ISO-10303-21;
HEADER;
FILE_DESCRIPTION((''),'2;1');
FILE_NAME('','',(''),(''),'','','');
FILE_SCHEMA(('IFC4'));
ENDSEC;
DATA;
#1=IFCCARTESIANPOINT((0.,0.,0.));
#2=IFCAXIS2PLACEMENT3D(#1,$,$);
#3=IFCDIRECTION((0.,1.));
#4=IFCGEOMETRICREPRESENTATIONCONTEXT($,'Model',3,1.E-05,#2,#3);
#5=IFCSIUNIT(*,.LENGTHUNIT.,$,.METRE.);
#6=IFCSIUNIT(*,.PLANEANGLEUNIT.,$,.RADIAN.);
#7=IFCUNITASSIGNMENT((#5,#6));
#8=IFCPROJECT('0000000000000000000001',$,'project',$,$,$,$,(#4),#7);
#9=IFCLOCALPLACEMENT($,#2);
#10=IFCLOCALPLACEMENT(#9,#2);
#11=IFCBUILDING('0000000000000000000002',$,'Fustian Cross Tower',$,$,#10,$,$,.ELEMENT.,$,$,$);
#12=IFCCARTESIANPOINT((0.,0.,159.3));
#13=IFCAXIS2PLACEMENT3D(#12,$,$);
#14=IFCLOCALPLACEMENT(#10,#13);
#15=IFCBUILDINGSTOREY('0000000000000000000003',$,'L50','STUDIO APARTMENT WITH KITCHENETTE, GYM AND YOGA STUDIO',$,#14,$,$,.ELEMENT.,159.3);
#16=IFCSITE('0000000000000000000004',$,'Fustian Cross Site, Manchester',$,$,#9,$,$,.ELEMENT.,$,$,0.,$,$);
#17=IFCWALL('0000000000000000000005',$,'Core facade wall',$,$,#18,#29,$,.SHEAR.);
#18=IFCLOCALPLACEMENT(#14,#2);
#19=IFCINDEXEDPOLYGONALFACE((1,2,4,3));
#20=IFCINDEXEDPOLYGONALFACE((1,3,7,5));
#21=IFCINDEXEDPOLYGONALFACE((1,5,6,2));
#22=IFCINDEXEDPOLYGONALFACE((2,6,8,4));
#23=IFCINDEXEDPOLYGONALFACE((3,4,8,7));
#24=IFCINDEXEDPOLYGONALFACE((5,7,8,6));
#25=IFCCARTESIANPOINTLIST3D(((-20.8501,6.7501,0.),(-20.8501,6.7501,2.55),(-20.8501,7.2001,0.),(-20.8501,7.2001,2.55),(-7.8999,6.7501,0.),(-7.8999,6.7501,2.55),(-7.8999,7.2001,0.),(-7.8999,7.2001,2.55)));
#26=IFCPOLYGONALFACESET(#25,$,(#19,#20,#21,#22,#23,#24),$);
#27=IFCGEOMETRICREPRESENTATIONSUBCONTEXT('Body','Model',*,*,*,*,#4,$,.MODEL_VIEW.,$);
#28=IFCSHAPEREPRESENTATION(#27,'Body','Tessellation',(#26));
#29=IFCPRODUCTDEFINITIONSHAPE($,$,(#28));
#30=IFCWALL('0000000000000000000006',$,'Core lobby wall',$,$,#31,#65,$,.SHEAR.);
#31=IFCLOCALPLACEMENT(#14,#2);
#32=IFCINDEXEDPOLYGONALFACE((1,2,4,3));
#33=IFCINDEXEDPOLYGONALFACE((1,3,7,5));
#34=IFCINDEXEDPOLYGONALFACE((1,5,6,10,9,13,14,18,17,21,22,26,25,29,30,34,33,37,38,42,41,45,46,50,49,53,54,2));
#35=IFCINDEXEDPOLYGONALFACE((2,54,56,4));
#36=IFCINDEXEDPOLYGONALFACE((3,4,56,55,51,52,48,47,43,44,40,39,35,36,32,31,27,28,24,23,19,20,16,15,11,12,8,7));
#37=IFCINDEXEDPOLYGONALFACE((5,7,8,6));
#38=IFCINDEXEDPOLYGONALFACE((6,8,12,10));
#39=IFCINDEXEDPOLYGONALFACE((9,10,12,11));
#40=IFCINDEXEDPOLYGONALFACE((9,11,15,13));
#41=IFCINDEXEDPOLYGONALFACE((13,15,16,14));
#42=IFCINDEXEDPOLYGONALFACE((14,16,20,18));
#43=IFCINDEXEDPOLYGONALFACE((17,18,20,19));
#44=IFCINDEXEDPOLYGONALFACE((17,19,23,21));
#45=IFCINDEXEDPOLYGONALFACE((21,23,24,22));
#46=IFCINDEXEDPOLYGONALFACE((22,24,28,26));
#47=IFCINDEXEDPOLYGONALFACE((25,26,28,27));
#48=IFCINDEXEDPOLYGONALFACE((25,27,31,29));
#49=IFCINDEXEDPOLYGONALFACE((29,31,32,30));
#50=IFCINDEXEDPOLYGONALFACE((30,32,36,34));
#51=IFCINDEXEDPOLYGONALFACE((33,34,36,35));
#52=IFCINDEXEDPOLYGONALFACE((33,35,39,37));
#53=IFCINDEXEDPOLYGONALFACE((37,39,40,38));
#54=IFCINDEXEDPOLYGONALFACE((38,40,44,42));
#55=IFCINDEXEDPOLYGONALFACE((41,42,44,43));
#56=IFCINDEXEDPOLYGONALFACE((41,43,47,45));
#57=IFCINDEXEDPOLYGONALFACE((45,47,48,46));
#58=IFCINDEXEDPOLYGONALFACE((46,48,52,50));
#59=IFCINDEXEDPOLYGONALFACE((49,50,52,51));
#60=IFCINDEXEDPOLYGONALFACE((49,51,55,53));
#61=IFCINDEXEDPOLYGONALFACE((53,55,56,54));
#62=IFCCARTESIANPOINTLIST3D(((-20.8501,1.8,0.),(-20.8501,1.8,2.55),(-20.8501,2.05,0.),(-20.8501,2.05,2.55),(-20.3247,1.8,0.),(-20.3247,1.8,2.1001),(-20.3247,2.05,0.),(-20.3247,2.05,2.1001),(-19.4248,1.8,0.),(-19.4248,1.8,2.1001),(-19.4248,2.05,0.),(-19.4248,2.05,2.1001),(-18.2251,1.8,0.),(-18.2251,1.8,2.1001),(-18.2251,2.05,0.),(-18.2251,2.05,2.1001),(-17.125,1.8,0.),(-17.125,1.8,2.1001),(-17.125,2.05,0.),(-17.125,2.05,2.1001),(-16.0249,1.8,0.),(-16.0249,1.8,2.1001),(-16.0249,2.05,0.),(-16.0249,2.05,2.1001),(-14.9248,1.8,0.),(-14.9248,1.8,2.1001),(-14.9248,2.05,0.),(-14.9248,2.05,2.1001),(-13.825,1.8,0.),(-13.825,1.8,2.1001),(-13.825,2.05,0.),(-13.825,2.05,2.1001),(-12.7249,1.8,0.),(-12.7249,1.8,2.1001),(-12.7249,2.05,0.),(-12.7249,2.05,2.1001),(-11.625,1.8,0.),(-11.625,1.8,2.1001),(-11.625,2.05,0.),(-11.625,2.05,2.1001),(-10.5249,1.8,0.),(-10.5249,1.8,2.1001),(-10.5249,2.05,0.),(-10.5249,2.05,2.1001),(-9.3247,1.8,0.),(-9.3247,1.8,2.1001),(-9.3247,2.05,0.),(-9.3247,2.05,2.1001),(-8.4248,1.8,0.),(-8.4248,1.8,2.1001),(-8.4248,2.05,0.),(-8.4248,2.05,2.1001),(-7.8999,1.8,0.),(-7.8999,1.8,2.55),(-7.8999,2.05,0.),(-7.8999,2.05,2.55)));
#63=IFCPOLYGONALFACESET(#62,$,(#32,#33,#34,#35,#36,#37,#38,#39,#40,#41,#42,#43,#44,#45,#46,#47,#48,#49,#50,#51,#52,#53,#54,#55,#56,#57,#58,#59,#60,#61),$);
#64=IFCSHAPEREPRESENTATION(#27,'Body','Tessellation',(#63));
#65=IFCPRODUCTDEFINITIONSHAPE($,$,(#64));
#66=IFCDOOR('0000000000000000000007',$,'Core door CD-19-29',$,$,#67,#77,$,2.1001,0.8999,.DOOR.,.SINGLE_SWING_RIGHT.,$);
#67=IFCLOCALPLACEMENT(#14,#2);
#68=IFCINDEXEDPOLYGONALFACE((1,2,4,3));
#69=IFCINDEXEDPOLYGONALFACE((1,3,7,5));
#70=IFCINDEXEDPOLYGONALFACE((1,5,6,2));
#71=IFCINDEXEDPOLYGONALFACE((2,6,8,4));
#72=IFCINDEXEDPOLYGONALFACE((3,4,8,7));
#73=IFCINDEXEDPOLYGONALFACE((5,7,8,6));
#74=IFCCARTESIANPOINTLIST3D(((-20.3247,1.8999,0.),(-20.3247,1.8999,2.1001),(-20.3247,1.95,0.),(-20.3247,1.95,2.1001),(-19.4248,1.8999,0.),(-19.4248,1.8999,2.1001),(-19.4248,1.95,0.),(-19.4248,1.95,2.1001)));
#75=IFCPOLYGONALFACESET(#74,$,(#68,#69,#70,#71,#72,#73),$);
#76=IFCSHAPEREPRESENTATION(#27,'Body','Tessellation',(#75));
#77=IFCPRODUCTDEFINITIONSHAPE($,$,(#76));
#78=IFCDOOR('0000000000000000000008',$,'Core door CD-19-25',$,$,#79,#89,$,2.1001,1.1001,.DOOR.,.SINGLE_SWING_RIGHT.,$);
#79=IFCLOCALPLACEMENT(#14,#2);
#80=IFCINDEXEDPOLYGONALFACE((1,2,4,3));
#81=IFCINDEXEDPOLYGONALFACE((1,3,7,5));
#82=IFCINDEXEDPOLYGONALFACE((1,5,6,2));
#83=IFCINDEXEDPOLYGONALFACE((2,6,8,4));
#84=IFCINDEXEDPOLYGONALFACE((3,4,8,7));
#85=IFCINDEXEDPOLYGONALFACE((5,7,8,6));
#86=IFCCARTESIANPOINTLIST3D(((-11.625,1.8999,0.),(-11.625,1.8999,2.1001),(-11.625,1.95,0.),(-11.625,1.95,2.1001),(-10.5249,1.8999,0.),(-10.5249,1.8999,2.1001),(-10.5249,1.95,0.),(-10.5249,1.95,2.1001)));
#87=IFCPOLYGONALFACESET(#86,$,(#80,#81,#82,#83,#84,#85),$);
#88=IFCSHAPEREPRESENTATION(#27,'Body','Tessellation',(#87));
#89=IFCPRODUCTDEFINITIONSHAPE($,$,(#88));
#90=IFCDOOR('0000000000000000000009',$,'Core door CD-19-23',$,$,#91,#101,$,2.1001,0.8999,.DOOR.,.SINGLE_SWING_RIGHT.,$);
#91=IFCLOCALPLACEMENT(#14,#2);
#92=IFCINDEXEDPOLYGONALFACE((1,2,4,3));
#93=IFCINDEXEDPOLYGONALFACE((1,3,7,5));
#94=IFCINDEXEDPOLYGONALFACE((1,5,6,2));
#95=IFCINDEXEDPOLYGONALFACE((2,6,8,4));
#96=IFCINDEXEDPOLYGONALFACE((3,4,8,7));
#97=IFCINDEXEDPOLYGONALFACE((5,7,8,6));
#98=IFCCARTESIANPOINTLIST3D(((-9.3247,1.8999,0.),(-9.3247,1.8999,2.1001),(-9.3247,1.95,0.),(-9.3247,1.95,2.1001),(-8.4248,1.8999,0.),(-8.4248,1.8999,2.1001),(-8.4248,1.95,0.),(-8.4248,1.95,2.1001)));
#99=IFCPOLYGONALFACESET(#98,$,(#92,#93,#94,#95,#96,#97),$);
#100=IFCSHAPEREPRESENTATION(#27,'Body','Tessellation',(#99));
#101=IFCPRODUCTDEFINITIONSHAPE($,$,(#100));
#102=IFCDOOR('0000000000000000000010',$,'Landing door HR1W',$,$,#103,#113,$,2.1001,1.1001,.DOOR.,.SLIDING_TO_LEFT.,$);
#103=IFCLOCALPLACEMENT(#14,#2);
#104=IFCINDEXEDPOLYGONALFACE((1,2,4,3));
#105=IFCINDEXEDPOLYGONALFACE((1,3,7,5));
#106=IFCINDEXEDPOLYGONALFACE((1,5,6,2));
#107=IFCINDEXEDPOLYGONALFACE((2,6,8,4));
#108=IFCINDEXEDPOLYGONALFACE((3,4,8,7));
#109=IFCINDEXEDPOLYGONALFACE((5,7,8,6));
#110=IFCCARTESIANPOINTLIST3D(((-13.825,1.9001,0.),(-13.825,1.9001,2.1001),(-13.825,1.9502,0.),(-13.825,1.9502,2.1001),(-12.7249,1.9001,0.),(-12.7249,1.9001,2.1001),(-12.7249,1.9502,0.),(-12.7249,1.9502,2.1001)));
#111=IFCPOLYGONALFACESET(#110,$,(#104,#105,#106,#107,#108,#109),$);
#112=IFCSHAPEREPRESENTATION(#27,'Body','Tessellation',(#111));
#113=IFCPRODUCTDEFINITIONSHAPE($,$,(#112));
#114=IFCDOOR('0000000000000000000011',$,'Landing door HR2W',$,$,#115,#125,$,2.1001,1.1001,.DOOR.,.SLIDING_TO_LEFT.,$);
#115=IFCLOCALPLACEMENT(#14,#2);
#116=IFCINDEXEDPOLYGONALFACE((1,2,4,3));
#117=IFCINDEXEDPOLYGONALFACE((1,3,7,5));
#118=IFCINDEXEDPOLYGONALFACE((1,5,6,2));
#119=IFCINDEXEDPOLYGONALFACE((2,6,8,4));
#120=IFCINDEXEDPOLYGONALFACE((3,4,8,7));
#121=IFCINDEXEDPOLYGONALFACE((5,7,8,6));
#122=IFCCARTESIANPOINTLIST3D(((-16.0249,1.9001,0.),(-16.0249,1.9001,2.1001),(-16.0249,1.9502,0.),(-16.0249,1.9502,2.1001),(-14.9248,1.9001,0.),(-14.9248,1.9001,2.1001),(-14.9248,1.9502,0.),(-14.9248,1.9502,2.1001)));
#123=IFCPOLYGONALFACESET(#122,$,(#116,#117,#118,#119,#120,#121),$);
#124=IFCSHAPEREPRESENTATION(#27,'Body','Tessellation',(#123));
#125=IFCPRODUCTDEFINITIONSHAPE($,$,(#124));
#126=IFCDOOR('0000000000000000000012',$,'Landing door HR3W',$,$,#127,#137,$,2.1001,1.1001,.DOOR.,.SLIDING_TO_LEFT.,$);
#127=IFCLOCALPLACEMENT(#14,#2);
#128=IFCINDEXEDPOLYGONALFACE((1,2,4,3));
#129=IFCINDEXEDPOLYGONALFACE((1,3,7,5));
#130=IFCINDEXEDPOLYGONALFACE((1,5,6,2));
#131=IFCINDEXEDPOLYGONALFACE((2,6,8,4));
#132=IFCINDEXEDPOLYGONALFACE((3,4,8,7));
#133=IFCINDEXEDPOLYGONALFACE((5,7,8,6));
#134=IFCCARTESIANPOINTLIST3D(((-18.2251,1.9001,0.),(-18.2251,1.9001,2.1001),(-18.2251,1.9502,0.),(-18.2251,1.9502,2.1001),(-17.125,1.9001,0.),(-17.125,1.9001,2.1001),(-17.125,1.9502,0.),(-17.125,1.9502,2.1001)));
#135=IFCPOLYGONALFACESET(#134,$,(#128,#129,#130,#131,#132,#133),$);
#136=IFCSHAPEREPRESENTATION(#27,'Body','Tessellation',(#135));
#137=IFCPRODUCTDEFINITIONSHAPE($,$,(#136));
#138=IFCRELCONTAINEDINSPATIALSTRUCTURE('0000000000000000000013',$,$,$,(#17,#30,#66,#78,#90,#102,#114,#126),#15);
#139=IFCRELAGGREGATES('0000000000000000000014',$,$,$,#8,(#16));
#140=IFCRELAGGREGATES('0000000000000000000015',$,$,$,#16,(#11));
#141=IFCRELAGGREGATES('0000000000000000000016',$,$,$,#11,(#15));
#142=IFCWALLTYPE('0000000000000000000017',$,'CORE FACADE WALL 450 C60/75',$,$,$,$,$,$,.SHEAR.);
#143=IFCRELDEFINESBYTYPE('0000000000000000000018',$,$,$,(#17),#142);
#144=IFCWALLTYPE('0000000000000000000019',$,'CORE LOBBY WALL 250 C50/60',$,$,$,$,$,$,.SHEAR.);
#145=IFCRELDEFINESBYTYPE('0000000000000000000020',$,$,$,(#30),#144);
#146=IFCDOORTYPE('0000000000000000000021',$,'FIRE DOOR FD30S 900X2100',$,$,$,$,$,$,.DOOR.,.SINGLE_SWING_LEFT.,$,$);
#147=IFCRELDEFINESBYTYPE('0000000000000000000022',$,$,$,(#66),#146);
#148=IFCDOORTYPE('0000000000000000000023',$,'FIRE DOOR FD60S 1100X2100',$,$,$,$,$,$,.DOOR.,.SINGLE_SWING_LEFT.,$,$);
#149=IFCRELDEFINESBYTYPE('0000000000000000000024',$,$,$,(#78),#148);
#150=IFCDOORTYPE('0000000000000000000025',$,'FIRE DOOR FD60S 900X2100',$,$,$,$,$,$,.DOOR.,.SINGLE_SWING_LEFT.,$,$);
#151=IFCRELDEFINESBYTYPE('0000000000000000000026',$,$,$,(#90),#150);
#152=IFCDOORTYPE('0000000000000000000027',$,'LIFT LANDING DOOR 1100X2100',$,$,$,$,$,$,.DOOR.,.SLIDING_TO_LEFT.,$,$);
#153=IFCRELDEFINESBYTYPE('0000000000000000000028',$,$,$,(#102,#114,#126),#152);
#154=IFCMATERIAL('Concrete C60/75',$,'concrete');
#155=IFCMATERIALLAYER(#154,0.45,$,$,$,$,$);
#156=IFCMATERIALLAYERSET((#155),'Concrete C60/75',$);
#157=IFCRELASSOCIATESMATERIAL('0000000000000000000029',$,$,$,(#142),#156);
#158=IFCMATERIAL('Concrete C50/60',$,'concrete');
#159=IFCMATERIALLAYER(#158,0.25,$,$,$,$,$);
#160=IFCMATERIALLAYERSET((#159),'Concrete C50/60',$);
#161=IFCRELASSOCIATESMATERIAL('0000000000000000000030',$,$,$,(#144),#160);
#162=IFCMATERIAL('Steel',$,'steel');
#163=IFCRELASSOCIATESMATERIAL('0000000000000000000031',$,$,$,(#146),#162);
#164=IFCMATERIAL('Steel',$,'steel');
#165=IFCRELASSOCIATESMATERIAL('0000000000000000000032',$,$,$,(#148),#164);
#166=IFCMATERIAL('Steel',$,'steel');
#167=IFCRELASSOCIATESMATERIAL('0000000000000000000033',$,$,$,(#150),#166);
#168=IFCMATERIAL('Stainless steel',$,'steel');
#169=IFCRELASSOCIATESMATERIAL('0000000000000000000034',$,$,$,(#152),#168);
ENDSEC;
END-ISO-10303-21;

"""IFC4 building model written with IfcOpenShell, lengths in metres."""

from ifc_helpers import new_model, si_unit, direction, frame, frame_2d, origin, place, context, subcontext, project, spatial, rectangle, extrude, material, layer, layer_set, type_object, element, fill, save


model = new_model("IFC4")

# Units and contexts
model_context = context("Model", 3, precision=1e-05, world=origin(), true_north=direction((0.0, 1.0)))
body_context = subcontext(model_context, "Body", "Model", "MODEL_VIEW")
ifc_project = project(units=[si_unit("LENGTHUNIT", "METRE"), si_unit("PLANEANGLEUNIT", "RADIAN")], contexts=[model_context])

# Site, building, storey
site_placement = place(None, origin())
site = spatial("IfcSite", under=ifc_project, at=site_placement, Name="Fustian Cross Site, Manchester", CompositionType="ELEMENT", RefElevation=0.0)
building_placement = place(site_placement, origin())
building = spatial("IfcBuilding", under=site, at=building_placement, Name="Fustian Cross Tower", CompositionType="ELEMENT")
storey_placement = place(building_placement, frame((0.0, 0.0, 159.3)))
storey = spatial("IfcBuildingStorey", under=building, at=storey_placement, Name="L50", Description="STUDIO APARTMENT WITH KITCHENETTE, GYM AND YOGA STUDIO", CompositionType="ELEMENT", Elevation=159.3)

# Wall
ifc_material_1 = material(Name="Concrete C60/75", Category="concrete")
ifc_layer_1 = layer(ifc_material_1, 0.45)
ifc_layer_set_1 = layer_set([ifc_layer_1], Name="Concrete C60/75")
wall_type_1 = type_object("IfcWallType", Name="CORE FACADE WALL 450 C60/75", PredefinedType="SHEAR", material=ifc_layer_set_1)
wall_1_placement = place(storey_placement, frame((-7.8999, 6.9751, 0.0), z_axis=(0.0, 0.0, 1.0), x_axis=(-1.0, 0.0, 0.0)))
element("IfcWall", 1, at=wall_1_placement, inside=storey, type_object=wall_type_1, Name="Core facade wall", PredefinedType="SHEAR", context=body_context, shape_type="SweptSolid", body=[
    extrude(rectangle(XDim=12.9502, YDim=0.45, at=frame_2d((6.4751, 0.0))), origin(), (0.0, 0.0, 1.0), 2.55),
])

# Wall, openings, doors
ifc_material_2 = material(Name="Concrete C50/60", Category="concrete")
ifc_layer_2 = layer(ifc_material_2, 0.25)
ifc_layer_set_2 = layer_set([ifc_layer_2], Name="Concrete C50/60")
wall_type_2 = type_object("IfcWallType", Name="CORE LOBBY WALL 250 C50/60", PredefinedType="SHEAR", material=ifc_layer_set_2)
wall_2_placement = place(storey_placement, frame((-7.8999, 1.925, 0.0), z_axis=(0.0, 0.0, 1.0), x_axis=(-1.0, 0.0, 0.0)))
wall_2 = element("IfcWall", 2, at=wall_2_placement, inside=storey, type_object=wall_type_2, Name="Core lobby wall", PredefinedType="SHEAR", context=body_context, shape_type="SweptSolid", body=[
    extrude(rectangle(XDim=12.9502, YDim=0.25, at=frame_2d((6.4751, 0.0))), origin(), (0.0, 0.0, 1.0), 2.55),
])
opening_1_placement = place(wall_2_placement, frame((4.825, 0.0, 0.0)))
opening_1 = element("IfcOpeningElement", 3, at=opening_1_placement, cuts=wall_2, PredefinedType="OPENING", context=body_context, shape_type="SweptSolid", body=[
    extrude(rectangle(XDim=1.1001, YDim=2.1001, at=frame_2d((0.55, 1.05))), frame((0.0, 0.135, 0.0), z_axis=(0.0, -1.0, 0.0), x_axis=(1.0, 0.0, 0.0)), (0.0, 0.0, 1.0), 0.27),
])
opening_2_placement = place(wall_2_placement, frame((7.0249, 0.0, 0.0)))
opening_2 = element("IfcOpeningElement", 4, at=opening_2_placement, cuts=wall_2, PredefinedType="OPENING", context=body_context, shape_type="SweptSolid", body=[
    extrude(rectangle(XDim=1.1001, YDim=2.1001, at=frame_2d((0.55, 1.05))), frame((0.0, 0.135, 0.0), z_axis=(0.0, -1.0, 0.0), x_axis=(1.0, 0.0, 0.0)), (0.0, 0.0, 1.0), 0.27),
])
opening_3_placement = place(wall_2_placement, frame((9.2251, 0.0, 0.0)))
opening_3 = element("IfcOpeningElement", 5, at=opening_3_placement, cuts=wall_2, PredefinedType="OPENING", context=body_context, shape_type="SweptSolid", body=[
    extrude(rectangle(XDim=1.1001, YDim=2.1001, at=frame_2d((0.55, 1.05))), frame((0.0, 0.135, 0.0), z_axis=(0.0, -1.0, 0.0), x_axis=(1.0, 0.0, 0.0)), (0.0, 0.0, 1.0), 0.27),
])
opening_4_placement = place(wall_2_placement, frame((0.5249, 0.0, 0.0)))
opening_4 = element("IfcOpeningElement", 6, at=opening_4_placement, cuts=wall_2, PredefinedType="OPENING", context=body_context, shape_type="SweptSolid", body=[
    extrude(rectangle(XDim=0.8999, YDim=2.1001, at=frame_2d((0.45, 1.05))), frame((0.0, 0.135, 0.0), z_axis=(0.0, -1.0, 0.0), x_axis=(1.0, 0.0, 0.0)), (0.0, 0.0, 1.0), 0.27),
])
opening_5_placement = place(wall_2_placement, frame((2.625, 0.0, 0.0)))
opening_5 = element("IfcOpeningElement", 7, at=opening_5_placement, cuts=wall_2, PredefinedType="OPENING", context=body_context, shape_type="SweptSolid", body=[
    extrude(rectangle(XDim=1.1001, YDim=2.1001, at=frame_2d((0.55, 1.05))), frame((0.0, 0.135, 0.0), z_axis=(0.0, -1.0, 0.0), x_axis=(1.0, 0.0, 0.0)), (0.0, 0.0, 1.0), 0.27),
])
opening_6_placement = place(wall_2_placement, frame((11.5249, 0.0, 0.0)))
opening_6 = element("IfcOpeningElement", 8, at=opening_6_placement, cuts=wall_2, PredefinedType="OPENING", context=body_context, shape_type="SweptSolid", body=[
    extrude(rectangle(XDim=0.8999, YDim=2.1001, at=frame_2d((0.45, 1.05))), frame((0.0, 0.135, 0.0), z_axis=(0.0, -1.0, 0.0), x_axis=(1.0, 0.0, 0.0)), (0.0, 0.0, 1.0), 0.27),
])
ifc_material_3 = material(Name="Steel", Category="steel")
door_type_1 = type_object("IfcDoorType", Name="FIRE DOOR FD30S 900X2100", OperationType="SINGLE_SWING_LEFT", PredefinedType="DOOR", material=ifc_material_3)
door_1_placement = place(opening_6_placement, frame((0.8999, 0.0, 0.0), z_axis=(0.0, 0.0, 1.0), x_axis=(-1.0, 0.0, 0.0)))
door_1 = element("IfcDoor", 9, at=door_1_placement, inside=storey, type_object=door_type_1, Name="Core door CD-19-29", OperationType="SINGLE_SWING_RIGHT", OverallHeight=2.1001, OverallWidth=0.8999, PredefinedType="DOOR", context=body_context, shape_type="SweptSolid", body=[
    extrude(rectangle(XDim=0.8999, YDim=2.1001, at=frame_2d((0.45, 1.05))), frame((0.0, 0.0249, 0.0), z_axis=(0.0, -1.0, 0.0), x_axis=(1.0, 0.0, 0.0)), (0.0, 0.0, 1.0), 0.05),
])
fill(opening_6, door_1)
ifc_material_4 = material(Name="Steel", Category="steel")
door_type_2 = type_object("IfcDoorType", Name="FIRE DOOR FD60S 1100X2100", OperationType="SINGLE_SWING_LEFT", PredefinedType="DOOR", material=ifc_material_4)
door_2_placement = place(opening_5_placement, frame((1.1001, 0.0, 0.0), z_axis=(0.0, 0.0, 1.0), x_axis=(-1.0, 0.0, 0.0)))
door_2 = element("IfcDoor", 10, at=door_2_placement, inside=storey, type_object=door_type_2, Name="Core door CD-19-25", OperationType="SINGLE_SWING_RIGHT", OverallHeight=2.1001, OverallWidth=1.1001, PredefinedType="DOOR", context=body_context, shape_type="SweptSolid", body=[
    extrude(rectangle(XDim=1.1001, YDim=2.1001, at=frame_2d((0.55, 1.05))), frame((0.0, 0.0249, 0.0), z_axis=(0.0, -1.0, 0.0), x_axis=(1.0, 0.0, 0.0)), (0.0, 0.0, 1.0), 0.05),
])
fill(opening_5, door_2)
ifc_material_5 = material(Name="Steel", Category="steel")
door_type_3 = type_object("IfcDoorType", Name="FIRE DOOR FD60S 900X2100", OperationType="SINGLE_SWING_LEFT", PredefinedType="DOOR", material=ifc_material_5)
door_3_placement = place(opening_4_placement, frame((0.8999, 0.0, 0.0), z_axis=(0.0, 0.0, 1.0), x_axis=(-1.0, 0.0, 0.0)))
door_3 = element("IfcDoor", 11, at=door_3_placement, inside=storey, type_object=door_type_3, Name="Core door CD-19-23", OperationType="SINGLE_SWING_RIGHT", OverallHeight=2.1001, OverallWidth=0.8999, PredefinedType="DOOR", context=body_context, shape_type="SweptSolid", body=[
    extrude(rectangle(XDim=0.8999, YDim=2.1001, at=frame_2d((0.45, 1.05))), frame((0.0, 0.0249, 0.0), z_axis=(0.0, -1.0, 0.0), x_axis=(1.0, 0.0, 0.0)), (0.0, 0.0, 1.0), 0.05),
])
fill(opening_4, door_3)
ifc_material_6 = material(Name="Stainless steel", Category="steel")
door_type_4 = type_object("IfcDoorType", Name="LIFT LANDING DOOR 1100X2100", OperationType="SLIDING_TO_LEFT", PredefinedType="DOOR", material=ifc_material_6)
door_4_placement = place(opening_1_placement, origin())
door_4 = element("IfcDoor", 12, at=door_4_placement, inside=storey, type_object=door_type_4, Name="Landing door HR1W", OperationType="SLIDING_TO_LEFT", OverallHeight=2.1001, OverallWidth=1.1001, PredefinedType="DOOR", context=body_context, shape_type="SweptSolid", body=[
    extrude(rectangle(XDim=1.1001, YDim=2.1001, at=frame_2d((0.55, 1.05))), frame((0.0, 0.0249, 0.0), z_axis=(0.0, -1.0, 0.0), x_axis=(1.0, 0.0, 0.0)), (0.0, 0.0, 1.0), 0.05),
])
fill(opening_1, door_4)
door_5_placement = place(opening_2_placement, origin())
door_5 = element("IfcDoor", 13, at=door_5_placement, inside=storey, type_object=door_type_4, Name="Landing door HR2W", OperationType="SLIDING_TO_LEFT", OverallHeight=2.1001, OverallWidth=1.1001, PredefinedType="DOOR", context=body_context, shape_type="SweptSolid", body=[
    extrude(rectangle(XDim=1.1001, YDim=2.1001, at=frame_2d((0.55, 1.05))), frame((0.0, 0.0249, 0.0), z_axis=(0.0, -1.0, 0.0), x_axis=(1.0, 0.0, 0.0)), (0.0, 0.0, 1.0), 0.05),
])
fill(opening_2, door_5)
door_6_placement = place(opening_3_placement, origin())
door_6 = element("IfcDoor", 14, at=door_6_placement, inside=storey, type_object=door_type_4, Name="Landing door HR3W", OperationType="SLIDING_TO_LEFT", OverallHeight=2.1001, OverallWidth=1.1001, PredefinedType="DOOR", context=body_context, shape_type="SweptSolid", body=[
    extrude(rectangle(XDim=1.1001, YDim=2.1001, at=frame_2d((0.55, 1.05))), frame((0.0, 0.0249, 0.0), z_axis=(0.0, -1.0, 0.0), x_axis=(1.0, 0.0, 0.0)), (0.0, 0.0, 1.0), 0.05),
])
fill(opening_3, door_6)

save(model, "model.ifc")
